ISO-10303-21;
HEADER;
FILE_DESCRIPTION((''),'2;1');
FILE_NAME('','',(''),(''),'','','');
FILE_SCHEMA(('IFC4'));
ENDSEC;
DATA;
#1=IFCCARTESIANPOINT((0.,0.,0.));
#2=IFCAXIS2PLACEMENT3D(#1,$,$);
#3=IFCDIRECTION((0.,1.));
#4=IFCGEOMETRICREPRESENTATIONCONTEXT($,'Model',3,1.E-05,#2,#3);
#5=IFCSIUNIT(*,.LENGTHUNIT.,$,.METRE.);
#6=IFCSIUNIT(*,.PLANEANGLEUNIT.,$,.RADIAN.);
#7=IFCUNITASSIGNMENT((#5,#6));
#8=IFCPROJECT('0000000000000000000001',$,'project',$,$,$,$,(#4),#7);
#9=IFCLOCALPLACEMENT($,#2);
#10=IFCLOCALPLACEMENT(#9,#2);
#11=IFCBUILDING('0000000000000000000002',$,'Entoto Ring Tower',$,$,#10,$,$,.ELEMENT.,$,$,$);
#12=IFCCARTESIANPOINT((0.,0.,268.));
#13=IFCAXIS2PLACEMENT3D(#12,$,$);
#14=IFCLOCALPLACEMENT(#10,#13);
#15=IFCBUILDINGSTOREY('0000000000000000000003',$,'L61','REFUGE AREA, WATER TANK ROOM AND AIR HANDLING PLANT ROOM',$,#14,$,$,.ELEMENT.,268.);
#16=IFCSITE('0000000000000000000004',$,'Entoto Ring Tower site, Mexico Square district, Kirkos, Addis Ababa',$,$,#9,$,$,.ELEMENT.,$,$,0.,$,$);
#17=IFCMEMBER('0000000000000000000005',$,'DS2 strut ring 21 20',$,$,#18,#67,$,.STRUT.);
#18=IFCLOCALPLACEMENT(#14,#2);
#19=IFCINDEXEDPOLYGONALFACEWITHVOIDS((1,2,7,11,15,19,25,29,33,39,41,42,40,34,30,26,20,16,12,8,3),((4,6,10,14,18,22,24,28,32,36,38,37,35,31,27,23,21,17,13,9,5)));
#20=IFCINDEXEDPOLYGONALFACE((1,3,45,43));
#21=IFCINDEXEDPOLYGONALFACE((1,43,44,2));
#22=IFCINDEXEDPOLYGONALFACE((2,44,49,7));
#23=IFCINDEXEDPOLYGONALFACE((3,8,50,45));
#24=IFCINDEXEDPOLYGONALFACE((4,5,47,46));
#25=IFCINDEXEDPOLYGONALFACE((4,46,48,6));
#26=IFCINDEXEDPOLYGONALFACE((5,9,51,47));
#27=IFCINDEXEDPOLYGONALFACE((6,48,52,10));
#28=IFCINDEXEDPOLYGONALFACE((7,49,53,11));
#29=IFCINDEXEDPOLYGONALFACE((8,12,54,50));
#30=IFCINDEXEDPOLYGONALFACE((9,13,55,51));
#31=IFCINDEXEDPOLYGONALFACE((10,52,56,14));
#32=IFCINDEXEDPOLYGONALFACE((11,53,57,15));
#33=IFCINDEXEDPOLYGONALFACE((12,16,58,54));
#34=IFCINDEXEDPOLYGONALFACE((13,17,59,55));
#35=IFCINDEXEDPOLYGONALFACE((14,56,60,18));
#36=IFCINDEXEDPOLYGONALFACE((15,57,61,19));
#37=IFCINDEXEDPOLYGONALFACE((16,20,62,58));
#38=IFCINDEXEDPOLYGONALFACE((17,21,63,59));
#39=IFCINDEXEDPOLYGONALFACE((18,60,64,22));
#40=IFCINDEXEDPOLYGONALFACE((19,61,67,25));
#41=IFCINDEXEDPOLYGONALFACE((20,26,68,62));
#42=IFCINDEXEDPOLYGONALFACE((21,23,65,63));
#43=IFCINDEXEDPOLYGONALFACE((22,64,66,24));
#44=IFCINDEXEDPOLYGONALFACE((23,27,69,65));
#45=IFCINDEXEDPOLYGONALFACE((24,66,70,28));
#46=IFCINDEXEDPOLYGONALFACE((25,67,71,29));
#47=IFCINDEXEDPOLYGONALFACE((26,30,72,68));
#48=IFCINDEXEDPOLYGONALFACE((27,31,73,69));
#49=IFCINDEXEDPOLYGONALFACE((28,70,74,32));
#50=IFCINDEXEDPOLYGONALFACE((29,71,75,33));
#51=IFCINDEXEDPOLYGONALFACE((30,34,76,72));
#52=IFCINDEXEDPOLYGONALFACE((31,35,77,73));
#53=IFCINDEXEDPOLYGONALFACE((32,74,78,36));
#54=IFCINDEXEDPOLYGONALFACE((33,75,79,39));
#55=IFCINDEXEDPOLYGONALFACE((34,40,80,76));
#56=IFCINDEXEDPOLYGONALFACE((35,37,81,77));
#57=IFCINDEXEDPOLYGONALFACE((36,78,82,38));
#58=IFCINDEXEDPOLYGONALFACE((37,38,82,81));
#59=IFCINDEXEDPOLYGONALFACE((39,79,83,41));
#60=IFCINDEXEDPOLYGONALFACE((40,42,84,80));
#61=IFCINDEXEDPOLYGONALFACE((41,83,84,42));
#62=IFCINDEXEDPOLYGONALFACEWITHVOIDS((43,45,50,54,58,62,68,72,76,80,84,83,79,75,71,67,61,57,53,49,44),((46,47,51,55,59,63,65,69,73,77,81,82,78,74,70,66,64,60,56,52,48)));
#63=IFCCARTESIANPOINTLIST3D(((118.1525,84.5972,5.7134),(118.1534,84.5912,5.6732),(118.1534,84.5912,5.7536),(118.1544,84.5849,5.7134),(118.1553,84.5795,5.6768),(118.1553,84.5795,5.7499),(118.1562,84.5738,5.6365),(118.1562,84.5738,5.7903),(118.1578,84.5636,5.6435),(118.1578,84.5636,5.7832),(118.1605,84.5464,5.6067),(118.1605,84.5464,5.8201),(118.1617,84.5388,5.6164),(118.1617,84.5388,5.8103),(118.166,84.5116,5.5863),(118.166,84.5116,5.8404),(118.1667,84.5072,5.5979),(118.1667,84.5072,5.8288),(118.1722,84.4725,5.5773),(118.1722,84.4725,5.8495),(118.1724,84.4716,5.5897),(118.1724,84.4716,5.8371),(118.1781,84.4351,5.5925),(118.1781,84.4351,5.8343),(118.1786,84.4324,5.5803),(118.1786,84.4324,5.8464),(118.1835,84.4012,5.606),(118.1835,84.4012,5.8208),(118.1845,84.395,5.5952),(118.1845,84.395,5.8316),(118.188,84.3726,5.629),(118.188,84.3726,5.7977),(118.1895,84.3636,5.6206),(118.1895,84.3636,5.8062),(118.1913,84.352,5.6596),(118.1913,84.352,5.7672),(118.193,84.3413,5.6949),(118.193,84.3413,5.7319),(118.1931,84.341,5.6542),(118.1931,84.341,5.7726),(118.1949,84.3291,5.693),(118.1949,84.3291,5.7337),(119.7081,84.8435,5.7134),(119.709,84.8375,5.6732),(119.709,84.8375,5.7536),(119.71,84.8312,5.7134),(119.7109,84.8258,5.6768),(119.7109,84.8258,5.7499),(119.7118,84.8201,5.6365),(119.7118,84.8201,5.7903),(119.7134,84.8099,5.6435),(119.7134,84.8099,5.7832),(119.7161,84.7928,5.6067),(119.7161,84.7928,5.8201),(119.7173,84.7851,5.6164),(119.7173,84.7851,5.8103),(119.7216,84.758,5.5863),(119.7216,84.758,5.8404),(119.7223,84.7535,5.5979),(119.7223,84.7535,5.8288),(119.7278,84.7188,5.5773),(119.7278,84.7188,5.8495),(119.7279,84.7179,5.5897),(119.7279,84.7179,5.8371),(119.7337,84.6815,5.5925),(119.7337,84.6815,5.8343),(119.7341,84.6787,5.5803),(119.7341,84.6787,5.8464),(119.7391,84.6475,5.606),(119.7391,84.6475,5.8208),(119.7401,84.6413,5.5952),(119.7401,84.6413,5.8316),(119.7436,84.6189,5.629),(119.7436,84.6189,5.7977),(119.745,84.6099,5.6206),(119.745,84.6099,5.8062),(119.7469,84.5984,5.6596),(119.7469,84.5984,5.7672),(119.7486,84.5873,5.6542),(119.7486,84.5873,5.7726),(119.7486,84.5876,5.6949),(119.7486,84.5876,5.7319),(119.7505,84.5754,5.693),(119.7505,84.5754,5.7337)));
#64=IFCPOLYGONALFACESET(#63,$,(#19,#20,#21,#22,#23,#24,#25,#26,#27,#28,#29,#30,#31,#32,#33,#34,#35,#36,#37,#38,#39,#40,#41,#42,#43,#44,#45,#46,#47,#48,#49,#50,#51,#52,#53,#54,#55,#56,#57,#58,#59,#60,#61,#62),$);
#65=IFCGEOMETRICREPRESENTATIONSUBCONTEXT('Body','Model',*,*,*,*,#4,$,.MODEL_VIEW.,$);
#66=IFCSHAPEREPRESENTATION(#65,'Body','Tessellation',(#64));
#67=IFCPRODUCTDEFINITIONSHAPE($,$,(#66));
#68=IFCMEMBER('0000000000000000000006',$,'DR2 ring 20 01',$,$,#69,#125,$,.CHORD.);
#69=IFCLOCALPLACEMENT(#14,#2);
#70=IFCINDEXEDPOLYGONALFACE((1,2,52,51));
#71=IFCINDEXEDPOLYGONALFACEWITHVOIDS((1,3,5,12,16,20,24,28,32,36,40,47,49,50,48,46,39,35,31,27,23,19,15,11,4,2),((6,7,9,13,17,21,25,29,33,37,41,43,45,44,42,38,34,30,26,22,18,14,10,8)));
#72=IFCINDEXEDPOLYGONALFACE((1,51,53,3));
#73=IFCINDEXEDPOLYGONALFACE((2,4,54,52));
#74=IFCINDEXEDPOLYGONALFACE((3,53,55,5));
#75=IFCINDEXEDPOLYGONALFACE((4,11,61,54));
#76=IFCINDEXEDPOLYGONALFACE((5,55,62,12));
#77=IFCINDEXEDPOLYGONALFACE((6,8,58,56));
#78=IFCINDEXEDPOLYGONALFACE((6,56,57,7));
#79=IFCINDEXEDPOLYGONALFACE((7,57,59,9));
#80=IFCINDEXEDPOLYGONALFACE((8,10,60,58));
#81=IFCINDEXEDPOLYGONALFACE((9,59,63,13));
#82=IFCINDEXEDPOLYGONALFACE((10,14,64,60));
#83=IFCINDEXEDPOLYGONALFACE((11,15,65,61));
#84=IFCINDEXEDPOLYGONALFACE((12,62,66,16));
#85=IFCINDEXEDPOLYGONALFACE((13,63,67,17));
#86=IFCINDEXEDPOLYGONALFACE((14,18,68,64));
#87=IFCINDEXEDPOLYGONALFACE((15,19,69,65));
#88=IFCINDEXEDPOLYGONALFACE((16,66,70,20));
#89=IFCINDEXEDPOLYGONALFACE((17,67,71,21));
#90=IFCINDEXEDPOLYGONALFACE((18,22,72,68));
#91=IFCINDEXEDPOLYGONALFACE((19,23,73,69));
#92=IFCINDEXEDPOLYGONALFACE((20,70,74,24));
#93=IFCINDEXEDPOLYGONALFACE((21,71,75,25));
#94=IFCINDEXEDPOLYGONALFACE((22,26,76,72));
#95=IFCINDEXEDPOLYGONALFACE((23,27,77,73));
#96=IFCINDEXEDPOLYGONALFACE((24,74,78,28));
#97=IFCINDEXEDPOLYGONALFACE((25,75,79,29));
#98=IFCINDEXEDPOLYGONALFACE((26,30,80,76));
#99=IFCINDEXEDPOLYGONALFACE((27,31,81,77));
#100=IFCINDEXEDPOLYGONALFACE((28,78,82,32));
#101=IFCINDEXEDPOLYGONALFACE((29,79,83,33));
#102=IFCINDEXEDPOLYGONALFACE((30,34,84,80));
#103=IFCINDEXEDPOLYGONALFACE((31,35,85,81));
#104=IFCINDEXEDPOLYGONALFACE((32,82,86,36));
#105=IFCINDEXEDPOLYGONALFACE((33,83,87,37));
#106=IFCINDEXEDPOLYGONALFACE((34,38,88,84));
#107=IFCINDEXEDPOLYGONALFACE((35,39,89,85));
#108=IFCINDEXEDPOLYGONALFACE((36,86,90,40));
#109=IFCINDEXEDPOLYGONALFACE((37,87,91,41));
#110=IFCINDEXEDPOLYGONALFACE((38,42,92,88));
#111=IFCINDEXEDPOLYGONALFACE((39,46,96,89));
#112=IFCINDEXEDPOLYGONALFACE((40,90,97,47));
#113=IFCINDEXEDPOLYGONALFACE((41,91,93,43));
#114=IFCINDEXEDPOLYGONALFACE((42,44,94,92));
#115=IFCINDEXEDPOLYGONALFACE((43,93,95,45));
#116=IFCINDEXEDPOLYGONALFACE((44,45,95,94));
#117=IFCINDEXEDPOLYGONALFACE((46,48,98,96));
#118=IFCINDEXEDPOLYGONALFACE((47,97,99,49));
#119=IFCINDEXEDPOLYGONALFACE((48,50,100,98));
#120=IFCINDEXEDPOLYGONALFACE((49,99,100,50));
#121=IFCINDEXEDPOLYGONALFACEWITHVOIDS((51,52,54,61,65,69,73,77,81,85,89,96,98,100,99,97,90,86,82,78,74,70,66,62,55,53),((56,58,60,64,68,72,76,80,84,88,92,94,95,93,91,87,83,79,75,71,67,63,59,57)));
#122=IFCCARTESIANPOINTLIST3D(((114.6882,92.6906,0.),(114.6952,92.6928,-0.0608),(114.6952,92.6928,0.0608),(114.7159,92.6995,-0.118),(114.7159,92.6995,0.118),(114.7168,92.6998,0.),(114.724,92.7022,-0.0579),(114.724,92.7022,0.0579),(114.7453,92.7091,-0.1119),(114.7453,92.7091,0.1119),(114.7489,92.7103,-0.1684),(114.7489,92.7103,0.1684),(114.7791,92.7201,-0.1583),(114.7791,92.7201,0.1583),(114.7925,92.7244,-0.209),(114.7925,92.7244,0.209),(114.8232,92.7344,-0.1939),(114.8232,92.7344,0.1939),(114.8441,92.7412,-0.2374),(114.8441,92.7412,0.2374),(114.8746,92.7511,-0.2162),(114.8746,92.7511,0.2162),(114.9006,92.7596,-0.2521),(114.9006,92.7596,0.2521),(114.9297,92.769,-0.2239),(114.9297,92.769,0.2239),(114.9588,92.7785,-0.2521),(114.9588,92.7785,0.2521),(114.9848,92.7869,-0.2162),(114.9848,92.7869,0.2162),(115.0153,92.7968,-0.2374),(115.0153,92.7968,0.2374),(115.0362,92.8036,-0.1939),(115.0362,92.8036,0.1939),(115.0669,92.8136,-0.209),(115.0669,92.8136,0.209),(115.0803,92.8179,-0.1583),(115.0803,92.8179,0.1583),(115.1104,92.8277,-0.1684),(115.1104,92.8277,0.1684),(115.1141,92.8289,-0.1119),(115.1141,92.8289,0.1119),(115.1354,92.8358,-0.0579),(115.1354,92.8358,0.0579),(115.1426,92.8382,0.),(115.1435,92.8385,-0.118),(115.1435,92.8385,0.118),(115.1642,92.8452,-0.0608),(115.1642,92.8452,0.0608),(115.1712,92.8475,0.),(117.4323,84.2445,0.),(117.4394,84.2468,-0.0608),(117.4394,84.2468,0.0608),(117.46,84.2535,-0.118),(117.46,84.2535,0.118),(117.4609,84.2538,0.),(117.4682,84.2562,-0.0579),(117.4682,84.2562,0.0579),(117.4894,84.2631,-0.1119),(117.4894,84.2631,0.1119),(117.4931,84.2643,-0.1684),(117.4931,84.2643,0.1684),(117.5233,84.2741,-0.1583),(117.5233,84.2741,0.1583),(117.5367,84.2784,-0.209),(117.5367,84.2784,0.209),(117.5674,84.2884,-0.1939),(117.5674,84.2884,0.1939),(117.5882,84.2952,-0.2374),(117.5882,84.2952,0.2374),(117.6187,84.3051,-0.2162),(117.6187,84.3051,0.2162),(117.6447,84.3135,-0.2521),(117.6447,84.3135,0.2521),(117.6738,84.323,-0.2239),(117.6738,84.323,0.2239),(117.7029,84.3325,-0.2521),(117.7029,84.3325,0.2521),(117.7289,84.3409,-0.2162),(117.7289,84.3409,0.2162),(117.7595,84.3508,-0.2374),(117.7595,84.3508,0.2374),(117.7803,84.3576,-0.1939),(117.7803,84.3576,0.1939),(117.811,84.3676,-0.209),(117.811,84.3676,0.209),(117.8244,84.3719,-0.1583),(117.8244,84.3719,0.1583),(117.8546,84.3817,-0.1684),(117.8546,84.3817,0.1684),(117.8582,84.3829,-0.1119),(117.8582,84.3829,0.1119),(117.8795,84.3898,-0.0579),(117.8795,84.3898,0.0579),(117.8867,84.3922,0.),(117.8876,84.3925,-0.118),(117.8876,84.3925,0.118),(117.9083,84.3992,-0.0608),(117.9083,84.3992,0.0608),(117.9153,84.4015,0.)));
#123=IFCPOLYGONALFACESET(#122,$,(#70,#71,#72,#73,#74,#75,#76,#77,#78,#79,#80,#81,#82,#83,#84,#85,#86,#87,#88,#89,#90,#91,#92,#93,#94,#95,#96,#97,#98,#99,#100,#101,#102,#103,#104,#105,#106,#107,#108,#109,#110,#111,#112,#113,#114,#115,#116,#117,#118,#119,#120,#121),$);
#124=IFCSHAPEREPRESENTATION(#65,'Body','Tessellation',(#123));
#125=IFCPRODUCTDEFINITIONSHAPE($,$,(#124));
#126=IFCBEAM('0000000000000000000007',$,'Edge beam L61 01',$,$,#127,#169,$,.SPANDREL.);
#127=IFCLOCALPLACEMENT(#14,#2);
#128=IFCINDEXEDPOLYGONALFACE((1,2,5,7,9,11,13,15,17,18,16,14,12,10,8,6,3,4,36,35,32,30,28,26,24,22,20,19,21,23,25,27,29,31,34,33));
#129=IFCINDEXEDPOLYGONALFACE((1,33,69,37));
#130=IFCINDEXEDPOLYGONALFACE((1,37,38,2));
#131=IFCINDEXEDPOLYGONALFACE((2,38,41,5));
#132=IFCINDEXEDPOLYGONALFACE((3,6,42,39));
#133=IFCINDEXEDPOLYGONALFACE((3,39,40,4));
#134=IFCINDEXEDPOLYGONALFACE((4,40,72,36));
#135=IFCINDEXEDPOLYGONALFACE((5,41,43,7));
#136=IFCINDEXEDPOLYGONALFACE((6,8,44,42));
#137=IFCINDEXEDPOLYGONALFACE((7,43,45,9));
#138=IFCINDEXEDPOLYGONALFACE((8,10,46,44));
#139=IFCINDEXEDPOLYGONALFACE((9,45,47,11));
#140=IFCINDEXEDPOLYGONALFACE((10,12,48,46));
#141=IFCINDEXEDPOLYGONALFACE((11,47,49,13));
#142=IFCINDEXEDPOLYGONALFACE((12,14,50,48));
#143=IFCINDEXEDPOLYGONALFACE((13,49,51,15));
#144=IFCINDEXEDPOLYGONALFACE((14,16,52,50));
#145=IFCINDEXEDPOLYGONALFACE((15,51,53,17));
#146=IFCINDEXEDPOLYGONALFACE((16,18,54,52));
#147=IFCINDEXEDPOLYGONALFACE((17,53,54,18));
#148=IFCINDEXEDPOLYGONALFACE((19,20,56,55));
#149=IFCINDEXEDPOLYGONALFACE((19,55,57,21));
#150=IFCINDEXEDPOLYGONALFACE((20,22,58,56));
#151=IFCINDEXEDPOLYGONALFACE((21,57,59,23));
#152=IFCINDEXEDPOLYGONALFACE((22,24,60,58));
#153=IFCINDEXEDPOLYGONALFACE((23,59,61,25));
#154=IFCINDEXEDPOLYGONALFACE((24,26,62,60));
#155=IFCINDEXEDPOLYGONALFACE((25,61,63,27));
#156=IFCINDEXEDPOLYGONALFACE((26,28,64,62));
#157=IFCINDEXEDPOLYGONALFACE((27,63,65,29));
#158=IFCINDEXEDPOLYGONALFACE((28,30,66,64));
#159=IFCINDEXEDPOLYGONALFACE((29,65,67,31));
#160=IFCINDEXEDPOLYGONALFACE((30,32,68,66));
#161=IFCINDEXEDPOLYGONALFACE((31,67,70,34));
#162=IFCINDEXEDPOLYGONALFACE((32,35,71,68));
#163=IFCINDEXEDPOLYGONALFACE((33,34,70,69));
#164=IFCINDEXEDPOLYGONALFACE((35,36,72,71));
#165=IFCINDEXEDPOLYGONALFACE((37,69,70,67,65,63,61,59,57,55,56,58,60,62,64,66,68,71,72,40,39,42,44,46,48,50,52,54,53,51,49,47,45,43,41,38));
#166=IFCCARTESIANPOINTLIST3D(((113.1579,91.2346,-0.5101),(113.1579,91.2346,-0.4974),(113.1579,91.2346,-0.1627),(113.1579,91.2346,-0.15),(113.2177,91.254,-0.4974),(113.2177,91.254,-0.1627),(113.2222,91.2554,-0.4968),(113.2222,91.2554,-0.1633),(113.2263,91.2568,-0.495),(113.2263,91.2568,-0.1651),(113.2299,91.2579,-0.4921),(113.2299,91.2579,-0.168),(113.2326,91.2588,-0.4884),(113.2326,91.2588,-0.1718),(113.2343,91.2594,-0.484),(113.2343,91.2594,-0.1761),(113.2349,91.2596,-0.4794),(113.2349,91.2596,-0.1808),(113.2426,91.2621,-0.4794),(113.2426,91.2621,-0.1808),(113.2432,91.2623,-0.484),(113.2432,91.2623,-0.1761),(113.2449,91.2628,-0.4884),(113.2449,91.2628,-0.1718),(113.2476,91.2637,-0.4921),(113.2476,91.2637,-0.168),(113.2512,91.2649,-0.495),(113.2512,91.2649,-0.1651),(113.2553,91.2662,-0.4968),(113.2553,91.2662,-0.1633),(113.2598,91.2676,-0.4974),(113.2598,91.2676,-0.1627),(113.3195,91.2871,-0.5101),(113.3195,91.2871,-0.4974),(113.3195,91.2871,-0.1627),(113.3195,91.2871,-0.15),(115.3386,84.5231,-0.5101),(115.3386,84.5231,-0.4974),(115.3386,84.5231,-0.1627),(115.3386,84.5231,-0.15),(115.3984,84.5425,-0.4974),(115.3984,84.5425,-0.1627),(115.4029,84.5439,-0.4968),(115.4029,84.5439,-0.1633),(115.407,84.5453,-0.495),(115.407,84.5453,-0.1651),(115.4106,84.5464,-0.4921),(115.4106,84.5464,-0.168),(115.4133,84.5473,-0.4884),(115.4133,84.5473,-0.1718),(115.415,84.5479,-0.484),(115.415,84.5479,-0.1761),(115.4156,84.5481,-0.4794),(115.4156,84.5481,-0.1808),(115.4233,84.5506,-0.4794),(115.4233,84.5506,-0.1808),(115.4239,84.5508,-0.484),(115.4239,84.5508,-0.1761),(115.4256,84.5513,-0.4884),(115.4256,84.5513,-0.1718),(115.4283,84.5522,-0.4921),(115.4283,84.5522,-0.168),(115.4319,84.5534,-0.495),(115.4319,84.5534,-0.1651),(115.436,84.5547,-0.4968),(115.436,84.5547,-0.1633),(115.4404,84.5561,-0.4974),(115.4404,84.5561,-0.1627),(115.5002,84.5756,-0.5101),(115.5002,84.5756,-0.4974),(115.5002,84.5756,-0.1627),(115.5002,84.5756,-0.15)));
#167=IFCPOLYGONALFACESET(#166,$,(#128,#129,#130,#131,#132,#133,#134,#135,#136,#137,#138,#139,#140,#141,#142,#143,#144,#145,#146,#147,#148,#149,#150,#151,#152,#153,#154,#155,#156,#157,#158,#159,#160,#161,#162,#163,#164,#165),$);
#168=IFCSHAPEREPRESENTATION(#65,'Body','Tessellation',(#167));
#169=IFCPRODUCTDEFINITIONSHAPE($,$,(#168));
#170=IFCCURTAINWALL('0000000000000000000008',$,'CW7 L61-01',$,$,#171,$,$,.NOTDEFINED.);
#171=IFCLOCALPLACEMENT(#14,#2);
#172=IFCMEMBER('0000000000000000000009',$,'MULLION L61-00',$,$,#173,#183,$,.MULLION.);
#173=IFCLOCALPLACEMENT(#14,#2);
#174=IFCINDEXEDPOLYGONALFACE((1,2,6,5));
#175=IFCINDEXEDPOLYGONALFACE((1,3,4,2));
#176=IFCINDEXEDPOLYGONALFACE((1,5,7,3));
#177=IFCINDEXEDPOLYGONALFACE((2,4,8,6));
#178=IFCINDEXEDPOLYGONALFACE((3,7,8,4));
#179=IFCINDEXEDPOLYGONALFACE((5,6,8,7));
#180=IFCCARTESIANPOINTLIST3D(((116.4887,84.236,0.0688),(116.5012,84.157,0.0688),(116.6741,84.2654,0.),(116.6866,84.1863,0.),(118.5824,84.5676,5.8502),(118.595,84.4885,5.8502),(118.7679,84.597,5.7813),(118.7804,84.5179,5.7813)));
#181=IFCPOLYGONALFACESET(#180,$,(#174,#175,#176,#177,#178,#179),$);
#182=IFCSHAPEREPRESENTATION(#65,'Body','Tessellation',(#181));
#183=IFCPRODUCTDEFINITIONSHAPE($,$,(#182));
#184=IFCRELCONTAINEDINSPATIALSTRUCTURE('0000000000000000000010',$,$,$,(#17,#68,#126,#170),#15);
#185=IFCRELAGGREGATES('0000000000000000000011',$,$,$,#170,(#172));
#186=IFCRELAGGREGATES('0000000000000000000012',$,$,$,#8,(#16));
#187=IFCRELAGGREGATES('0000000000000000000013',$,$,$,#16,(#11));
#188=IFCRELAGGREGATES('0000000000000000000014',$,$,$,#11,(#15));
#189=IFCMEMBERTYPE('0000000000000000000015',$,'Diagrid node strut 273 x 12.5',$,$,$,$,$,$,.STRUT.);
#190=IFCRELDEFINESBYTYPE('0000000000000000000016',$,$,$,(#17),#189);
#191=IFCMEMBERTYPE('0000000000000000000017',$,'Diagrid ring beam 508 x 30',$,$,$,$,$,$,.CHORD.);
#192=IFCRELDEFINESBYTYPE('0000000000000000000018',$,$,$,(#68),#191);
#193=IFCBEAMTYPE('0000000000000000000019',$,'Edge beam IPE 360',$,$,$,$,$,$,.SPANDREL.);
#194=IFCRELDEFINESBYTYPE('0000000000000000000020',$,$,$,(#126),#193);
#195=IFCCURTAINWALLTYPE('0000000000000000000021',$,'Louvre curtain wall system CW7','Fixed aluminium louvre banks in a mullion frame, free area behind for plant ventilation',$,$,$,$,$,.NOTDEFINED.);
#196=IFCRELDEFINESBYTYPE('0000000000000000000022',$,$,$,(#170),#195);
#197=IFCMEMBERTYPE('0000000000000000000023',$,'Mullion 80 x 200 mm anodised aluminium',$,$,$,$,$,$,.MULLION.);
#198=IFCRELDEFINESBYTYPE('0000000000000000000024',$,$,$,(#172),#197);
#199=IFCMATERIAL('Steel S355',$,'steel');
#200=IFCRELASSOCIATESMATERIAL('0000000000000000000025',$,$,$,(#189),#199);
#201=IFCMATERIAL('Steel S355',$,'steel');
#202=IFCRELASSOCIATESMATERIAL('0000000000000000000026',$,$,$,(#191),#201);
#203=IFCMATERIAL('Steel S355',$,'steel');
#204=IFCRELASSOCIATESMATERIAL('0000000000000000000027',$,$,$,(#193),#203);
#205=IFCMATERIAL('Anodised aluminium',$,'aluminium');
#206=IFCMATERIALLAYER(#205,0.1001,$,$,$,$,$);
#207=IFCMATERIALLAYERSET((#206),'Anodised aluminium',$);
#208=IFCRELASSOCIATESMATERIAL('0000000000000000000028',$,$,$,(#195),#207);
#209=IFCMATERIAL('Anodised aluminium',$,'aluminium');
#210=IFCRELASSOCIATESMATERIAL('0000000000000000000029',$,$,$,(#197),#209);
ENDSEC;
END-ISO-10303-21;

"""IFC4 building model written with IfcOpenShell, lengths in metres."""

from ifc_helpers import new_model, si_unit, direction, frame, origin, origin_2d, place, context, subcontext, project, spatial, rectangle, circle, hollow_circle, i_section, extrude, material, layer, layer_set, material_profile, profile_set, type_object, element, aggregate, save


model = new_model("IFC4")

# Units and contexts
model_context = context("Model", 3, precision=1e-05, world=origin(), true_north=direction((0.0, 1.0)))
body_context = subcontext(model_context, "Body", "Model", "MODEL_VIEW")
ifc_project = project(units=[si_unit("LENGTHUNIT", "METRE"), si_unit("PLANEANGLEUNIT", "RADIAN")], contexts=[model_context])

# Site, building, storey
site_placement = place(None, origin())
site = spatial("IfcSite", under=ifc_project, at=site_placement, Name="Entoto Ring Tower site, Mexico Square district, Kirkos, Addis Ababa", CompositionType="ELEMENT", RefElevation=0.0)
building_placement = place(site_placement, origin())
building = spatial("IfcBuilding", under=site, at=building_placement, Name="Entoto Ring Tower", CompositionType="ELEMENT")
storey_placement = place(building_placement, frame((0.0, 0.0, 268.0)))
storey = spatial("IfcBuildingStorey", under=building, at=storey_placement, Name="L61", Description="REFUGE AREA, WATER TANK ROOM AND AIR HANDLING PLANT ROOM", CompositionType="ELEMENT", Elevation=268.0)

# Members
ifc_material_1 = material(Name="Steel S355", Category="steel")
ifc_material_profile_1 = material_profile(ifc_material_1, hollow_circle(Radius=0.1365, WallThickness=0.0125, at=origin_2d()), Name="CHS 273 x 12.5")
ifc_material_2 = material(Name="Concrete C60/75", Category="concrete")
ifc_material_profile_2 = material_profile(ifc_material_2, circle(Radius=0.124, at=origin_2d()), Name="Concrete C60/75 infill")
ifc_profile_set_1 = profile_set([ifc_material_profile_1, ifc_material_profile_2], Name="Steel S355")
member_type_1 = type_object("IfcMemberType", Name="Diagrid node strut 273 x 12.5", PredefinedType="STRUT", material=ifc_profile_set_1)
member_1_placement = place(storey_placement, frame((118.1738, 84.4624, 5.7134), z_axis=(0.987694, 0.1564, 0.0), x_axis=(-0.1564, 0.987694, 0.0)))
element("IfcMember", 1, at=member_1_placement, inside=storey, type_object=member_type_1, Name="DS2 strut ring 21 20", PredefinedType="STRUT", context=body_context, shape_type="SweptSolid", body=[
    extrude(hollow_circle(Radius=0.1365, WallThickness=0.0125, at=origin_2d()), origin(), (0.0, 0.0, 1.0), 1.575),
])
ifc_material_3 = material(Name="Steel S355", Category="steel")
ifc_material_profile_3 = material_profile(ifc_material_3, hollow_circle(Radius=0.2539, WallThickness=0.03, at=origin_2d()), Name="CHS 508 x 30")
ifc_material_4 = material(Name="Concrete C60/75", Category="concrete")
ifc_material_profile_4 = material_profile(ifc_material_4, circle(Radius=0.2241, at=origin_2d()), Name="Concrete C60/75 infill")
ifc_profile_set_2 = profile_set([ifc_material_profile_3, ifc_material_profile_4], Name="Steel S355")
member_type_2 = type_object("IfcMemberType", Name="Diagrid ring beam 508 x 30", PredefinedType="CHORD", material=ifc_profile_set_2)
member_2_placement = place(storey_placement, frame((117.6738, 84.323, 0.0), z_axis=(-0.309002, 0.951061, 0.0), x_axis=(-0.951061, -0.309002, 0.0)))
element("IfcMember", 2, at=member_2_placement, inside=storey, type_object=member_type_2, Name="DR2 ring 20 01", PredefinedType="CHORD", context=body_context, shape_type="SweptSolid", body=[
    extrude(hollow_circle(Radius=0.2539, WallThickness=0.03, at=origin_2d()), origin(), (0.0, 0.0, 1.0), 8.8806),
])

# Beam
ifc_material_5 = material(Name="Steel S355", Category="steel")
ifc_material_profile_5 = material_profile(ifc_material_5, i_section(OverallWidth=0.1699, OverallDepth=0.3601, WebThickness=0.0081, FlangeThickness=0.0127, FilletRadius=0.0181, at=origin_2d()), Name="IPE 360")
ifc_profile_set_3 = profile_set([ifc_material_profile_5], Name="Steel S355")
beam_type_1 = type_object("IfcBeamType", Name="Edge beam IPE 360", PredefinedType="SPANDREL", material=ifc_profile_set_3)
beam_1_placement = place(storey_placement, frame((115.4194, 84.5493, -0.3301), z_axis=(-0.309016, 0.951057, 0.0), x_axis=(-0.951057, -0.309016, 0.0)))
element("IfcBeam", 3, at=beam_1_placement, inside=storey, type_object=beam_type_1, Name="Edge beam L61 01", PredefinedType="SPANDREL", context=body_context, shape_type="SweptSolid", body=[
    extrude(i_section(OverallWidth=0.1699, OverallDepth=0.3601, WebThickness=0.0081, FlangeThickness=0.0127, FilletRadius=0.0181, at=origin_2d()), origin(), (0.0, 0.0, 1.0), 7.0569),
])

# Curtain wall, member
ifc_material_6 = material(Name="Anodised aluminium", Category="aluminium")
ifc_layer_1 = layer(ifc_material_6, 0.1001)
ifc_layer_set_1 = layer_set([ifc_layer_1], Name="Anodised aluminium")
curtain_wall_type = type_object("IfcCurtainWallType", Name="Louvre curtain wall system CW7", Description="Fixed aluminium louvre banks in a mullion frame, free area behind for plant ventilation", PredefinedType="NOTDEFINED", material=ifc_layer_set_1)
curtain_wall_placement = place(storey_placement, origin())
curtain_wall = element("IfcCurtainWall", 4, at=curtain_wall_placement, inside=storey, type_object=curtain_wall_type, Name="CW7 L61-01", PredefinedType="NOTDEFINED")
ifc_material_7 = material(Name="Anodised aluminium", Category="aluminium")
ifc_material_profile_6 = material_profile(ifc_material_7, rectangle(XDim=0.0801, YDim=0.2, at=origin_2d()), Name="Mullion 80 x 200 mm anodised aluminium")
ifc_profile_set_4 = profile_set([ifc_material_profile_6], Name="Anodised aluminium")
member_type_3 = type_object("IfcMemberType", Name="Mullion 80 x 200 mm anodised aluminium", PredefinedType="MULLION", material=ifc_profile_set_4)
member_3_placement = place(storey_placement, frame((116.5876, 84.2112, 0.0344), z_axis=(0.340025, 0.053843, 0.938874), x_axis=(-0.1564, 0.987694, 0.0)))
member_3 = element("IfcMember", 5, at=member_3_placement, type_object=member_type_3, Name="MULLION L61-00", PredefinedType="MULLION", context=body_context, shape_type="SweptSolid", body=[
    extrude(rectangle(XDim=0.0801, YDim=0.2, at=origin_2d()), origin(), (0.0, 0.0, 1.0), 6.1577),
])
aggregate(curtain_wall, [member_3])

save(model, "model.ifc")
